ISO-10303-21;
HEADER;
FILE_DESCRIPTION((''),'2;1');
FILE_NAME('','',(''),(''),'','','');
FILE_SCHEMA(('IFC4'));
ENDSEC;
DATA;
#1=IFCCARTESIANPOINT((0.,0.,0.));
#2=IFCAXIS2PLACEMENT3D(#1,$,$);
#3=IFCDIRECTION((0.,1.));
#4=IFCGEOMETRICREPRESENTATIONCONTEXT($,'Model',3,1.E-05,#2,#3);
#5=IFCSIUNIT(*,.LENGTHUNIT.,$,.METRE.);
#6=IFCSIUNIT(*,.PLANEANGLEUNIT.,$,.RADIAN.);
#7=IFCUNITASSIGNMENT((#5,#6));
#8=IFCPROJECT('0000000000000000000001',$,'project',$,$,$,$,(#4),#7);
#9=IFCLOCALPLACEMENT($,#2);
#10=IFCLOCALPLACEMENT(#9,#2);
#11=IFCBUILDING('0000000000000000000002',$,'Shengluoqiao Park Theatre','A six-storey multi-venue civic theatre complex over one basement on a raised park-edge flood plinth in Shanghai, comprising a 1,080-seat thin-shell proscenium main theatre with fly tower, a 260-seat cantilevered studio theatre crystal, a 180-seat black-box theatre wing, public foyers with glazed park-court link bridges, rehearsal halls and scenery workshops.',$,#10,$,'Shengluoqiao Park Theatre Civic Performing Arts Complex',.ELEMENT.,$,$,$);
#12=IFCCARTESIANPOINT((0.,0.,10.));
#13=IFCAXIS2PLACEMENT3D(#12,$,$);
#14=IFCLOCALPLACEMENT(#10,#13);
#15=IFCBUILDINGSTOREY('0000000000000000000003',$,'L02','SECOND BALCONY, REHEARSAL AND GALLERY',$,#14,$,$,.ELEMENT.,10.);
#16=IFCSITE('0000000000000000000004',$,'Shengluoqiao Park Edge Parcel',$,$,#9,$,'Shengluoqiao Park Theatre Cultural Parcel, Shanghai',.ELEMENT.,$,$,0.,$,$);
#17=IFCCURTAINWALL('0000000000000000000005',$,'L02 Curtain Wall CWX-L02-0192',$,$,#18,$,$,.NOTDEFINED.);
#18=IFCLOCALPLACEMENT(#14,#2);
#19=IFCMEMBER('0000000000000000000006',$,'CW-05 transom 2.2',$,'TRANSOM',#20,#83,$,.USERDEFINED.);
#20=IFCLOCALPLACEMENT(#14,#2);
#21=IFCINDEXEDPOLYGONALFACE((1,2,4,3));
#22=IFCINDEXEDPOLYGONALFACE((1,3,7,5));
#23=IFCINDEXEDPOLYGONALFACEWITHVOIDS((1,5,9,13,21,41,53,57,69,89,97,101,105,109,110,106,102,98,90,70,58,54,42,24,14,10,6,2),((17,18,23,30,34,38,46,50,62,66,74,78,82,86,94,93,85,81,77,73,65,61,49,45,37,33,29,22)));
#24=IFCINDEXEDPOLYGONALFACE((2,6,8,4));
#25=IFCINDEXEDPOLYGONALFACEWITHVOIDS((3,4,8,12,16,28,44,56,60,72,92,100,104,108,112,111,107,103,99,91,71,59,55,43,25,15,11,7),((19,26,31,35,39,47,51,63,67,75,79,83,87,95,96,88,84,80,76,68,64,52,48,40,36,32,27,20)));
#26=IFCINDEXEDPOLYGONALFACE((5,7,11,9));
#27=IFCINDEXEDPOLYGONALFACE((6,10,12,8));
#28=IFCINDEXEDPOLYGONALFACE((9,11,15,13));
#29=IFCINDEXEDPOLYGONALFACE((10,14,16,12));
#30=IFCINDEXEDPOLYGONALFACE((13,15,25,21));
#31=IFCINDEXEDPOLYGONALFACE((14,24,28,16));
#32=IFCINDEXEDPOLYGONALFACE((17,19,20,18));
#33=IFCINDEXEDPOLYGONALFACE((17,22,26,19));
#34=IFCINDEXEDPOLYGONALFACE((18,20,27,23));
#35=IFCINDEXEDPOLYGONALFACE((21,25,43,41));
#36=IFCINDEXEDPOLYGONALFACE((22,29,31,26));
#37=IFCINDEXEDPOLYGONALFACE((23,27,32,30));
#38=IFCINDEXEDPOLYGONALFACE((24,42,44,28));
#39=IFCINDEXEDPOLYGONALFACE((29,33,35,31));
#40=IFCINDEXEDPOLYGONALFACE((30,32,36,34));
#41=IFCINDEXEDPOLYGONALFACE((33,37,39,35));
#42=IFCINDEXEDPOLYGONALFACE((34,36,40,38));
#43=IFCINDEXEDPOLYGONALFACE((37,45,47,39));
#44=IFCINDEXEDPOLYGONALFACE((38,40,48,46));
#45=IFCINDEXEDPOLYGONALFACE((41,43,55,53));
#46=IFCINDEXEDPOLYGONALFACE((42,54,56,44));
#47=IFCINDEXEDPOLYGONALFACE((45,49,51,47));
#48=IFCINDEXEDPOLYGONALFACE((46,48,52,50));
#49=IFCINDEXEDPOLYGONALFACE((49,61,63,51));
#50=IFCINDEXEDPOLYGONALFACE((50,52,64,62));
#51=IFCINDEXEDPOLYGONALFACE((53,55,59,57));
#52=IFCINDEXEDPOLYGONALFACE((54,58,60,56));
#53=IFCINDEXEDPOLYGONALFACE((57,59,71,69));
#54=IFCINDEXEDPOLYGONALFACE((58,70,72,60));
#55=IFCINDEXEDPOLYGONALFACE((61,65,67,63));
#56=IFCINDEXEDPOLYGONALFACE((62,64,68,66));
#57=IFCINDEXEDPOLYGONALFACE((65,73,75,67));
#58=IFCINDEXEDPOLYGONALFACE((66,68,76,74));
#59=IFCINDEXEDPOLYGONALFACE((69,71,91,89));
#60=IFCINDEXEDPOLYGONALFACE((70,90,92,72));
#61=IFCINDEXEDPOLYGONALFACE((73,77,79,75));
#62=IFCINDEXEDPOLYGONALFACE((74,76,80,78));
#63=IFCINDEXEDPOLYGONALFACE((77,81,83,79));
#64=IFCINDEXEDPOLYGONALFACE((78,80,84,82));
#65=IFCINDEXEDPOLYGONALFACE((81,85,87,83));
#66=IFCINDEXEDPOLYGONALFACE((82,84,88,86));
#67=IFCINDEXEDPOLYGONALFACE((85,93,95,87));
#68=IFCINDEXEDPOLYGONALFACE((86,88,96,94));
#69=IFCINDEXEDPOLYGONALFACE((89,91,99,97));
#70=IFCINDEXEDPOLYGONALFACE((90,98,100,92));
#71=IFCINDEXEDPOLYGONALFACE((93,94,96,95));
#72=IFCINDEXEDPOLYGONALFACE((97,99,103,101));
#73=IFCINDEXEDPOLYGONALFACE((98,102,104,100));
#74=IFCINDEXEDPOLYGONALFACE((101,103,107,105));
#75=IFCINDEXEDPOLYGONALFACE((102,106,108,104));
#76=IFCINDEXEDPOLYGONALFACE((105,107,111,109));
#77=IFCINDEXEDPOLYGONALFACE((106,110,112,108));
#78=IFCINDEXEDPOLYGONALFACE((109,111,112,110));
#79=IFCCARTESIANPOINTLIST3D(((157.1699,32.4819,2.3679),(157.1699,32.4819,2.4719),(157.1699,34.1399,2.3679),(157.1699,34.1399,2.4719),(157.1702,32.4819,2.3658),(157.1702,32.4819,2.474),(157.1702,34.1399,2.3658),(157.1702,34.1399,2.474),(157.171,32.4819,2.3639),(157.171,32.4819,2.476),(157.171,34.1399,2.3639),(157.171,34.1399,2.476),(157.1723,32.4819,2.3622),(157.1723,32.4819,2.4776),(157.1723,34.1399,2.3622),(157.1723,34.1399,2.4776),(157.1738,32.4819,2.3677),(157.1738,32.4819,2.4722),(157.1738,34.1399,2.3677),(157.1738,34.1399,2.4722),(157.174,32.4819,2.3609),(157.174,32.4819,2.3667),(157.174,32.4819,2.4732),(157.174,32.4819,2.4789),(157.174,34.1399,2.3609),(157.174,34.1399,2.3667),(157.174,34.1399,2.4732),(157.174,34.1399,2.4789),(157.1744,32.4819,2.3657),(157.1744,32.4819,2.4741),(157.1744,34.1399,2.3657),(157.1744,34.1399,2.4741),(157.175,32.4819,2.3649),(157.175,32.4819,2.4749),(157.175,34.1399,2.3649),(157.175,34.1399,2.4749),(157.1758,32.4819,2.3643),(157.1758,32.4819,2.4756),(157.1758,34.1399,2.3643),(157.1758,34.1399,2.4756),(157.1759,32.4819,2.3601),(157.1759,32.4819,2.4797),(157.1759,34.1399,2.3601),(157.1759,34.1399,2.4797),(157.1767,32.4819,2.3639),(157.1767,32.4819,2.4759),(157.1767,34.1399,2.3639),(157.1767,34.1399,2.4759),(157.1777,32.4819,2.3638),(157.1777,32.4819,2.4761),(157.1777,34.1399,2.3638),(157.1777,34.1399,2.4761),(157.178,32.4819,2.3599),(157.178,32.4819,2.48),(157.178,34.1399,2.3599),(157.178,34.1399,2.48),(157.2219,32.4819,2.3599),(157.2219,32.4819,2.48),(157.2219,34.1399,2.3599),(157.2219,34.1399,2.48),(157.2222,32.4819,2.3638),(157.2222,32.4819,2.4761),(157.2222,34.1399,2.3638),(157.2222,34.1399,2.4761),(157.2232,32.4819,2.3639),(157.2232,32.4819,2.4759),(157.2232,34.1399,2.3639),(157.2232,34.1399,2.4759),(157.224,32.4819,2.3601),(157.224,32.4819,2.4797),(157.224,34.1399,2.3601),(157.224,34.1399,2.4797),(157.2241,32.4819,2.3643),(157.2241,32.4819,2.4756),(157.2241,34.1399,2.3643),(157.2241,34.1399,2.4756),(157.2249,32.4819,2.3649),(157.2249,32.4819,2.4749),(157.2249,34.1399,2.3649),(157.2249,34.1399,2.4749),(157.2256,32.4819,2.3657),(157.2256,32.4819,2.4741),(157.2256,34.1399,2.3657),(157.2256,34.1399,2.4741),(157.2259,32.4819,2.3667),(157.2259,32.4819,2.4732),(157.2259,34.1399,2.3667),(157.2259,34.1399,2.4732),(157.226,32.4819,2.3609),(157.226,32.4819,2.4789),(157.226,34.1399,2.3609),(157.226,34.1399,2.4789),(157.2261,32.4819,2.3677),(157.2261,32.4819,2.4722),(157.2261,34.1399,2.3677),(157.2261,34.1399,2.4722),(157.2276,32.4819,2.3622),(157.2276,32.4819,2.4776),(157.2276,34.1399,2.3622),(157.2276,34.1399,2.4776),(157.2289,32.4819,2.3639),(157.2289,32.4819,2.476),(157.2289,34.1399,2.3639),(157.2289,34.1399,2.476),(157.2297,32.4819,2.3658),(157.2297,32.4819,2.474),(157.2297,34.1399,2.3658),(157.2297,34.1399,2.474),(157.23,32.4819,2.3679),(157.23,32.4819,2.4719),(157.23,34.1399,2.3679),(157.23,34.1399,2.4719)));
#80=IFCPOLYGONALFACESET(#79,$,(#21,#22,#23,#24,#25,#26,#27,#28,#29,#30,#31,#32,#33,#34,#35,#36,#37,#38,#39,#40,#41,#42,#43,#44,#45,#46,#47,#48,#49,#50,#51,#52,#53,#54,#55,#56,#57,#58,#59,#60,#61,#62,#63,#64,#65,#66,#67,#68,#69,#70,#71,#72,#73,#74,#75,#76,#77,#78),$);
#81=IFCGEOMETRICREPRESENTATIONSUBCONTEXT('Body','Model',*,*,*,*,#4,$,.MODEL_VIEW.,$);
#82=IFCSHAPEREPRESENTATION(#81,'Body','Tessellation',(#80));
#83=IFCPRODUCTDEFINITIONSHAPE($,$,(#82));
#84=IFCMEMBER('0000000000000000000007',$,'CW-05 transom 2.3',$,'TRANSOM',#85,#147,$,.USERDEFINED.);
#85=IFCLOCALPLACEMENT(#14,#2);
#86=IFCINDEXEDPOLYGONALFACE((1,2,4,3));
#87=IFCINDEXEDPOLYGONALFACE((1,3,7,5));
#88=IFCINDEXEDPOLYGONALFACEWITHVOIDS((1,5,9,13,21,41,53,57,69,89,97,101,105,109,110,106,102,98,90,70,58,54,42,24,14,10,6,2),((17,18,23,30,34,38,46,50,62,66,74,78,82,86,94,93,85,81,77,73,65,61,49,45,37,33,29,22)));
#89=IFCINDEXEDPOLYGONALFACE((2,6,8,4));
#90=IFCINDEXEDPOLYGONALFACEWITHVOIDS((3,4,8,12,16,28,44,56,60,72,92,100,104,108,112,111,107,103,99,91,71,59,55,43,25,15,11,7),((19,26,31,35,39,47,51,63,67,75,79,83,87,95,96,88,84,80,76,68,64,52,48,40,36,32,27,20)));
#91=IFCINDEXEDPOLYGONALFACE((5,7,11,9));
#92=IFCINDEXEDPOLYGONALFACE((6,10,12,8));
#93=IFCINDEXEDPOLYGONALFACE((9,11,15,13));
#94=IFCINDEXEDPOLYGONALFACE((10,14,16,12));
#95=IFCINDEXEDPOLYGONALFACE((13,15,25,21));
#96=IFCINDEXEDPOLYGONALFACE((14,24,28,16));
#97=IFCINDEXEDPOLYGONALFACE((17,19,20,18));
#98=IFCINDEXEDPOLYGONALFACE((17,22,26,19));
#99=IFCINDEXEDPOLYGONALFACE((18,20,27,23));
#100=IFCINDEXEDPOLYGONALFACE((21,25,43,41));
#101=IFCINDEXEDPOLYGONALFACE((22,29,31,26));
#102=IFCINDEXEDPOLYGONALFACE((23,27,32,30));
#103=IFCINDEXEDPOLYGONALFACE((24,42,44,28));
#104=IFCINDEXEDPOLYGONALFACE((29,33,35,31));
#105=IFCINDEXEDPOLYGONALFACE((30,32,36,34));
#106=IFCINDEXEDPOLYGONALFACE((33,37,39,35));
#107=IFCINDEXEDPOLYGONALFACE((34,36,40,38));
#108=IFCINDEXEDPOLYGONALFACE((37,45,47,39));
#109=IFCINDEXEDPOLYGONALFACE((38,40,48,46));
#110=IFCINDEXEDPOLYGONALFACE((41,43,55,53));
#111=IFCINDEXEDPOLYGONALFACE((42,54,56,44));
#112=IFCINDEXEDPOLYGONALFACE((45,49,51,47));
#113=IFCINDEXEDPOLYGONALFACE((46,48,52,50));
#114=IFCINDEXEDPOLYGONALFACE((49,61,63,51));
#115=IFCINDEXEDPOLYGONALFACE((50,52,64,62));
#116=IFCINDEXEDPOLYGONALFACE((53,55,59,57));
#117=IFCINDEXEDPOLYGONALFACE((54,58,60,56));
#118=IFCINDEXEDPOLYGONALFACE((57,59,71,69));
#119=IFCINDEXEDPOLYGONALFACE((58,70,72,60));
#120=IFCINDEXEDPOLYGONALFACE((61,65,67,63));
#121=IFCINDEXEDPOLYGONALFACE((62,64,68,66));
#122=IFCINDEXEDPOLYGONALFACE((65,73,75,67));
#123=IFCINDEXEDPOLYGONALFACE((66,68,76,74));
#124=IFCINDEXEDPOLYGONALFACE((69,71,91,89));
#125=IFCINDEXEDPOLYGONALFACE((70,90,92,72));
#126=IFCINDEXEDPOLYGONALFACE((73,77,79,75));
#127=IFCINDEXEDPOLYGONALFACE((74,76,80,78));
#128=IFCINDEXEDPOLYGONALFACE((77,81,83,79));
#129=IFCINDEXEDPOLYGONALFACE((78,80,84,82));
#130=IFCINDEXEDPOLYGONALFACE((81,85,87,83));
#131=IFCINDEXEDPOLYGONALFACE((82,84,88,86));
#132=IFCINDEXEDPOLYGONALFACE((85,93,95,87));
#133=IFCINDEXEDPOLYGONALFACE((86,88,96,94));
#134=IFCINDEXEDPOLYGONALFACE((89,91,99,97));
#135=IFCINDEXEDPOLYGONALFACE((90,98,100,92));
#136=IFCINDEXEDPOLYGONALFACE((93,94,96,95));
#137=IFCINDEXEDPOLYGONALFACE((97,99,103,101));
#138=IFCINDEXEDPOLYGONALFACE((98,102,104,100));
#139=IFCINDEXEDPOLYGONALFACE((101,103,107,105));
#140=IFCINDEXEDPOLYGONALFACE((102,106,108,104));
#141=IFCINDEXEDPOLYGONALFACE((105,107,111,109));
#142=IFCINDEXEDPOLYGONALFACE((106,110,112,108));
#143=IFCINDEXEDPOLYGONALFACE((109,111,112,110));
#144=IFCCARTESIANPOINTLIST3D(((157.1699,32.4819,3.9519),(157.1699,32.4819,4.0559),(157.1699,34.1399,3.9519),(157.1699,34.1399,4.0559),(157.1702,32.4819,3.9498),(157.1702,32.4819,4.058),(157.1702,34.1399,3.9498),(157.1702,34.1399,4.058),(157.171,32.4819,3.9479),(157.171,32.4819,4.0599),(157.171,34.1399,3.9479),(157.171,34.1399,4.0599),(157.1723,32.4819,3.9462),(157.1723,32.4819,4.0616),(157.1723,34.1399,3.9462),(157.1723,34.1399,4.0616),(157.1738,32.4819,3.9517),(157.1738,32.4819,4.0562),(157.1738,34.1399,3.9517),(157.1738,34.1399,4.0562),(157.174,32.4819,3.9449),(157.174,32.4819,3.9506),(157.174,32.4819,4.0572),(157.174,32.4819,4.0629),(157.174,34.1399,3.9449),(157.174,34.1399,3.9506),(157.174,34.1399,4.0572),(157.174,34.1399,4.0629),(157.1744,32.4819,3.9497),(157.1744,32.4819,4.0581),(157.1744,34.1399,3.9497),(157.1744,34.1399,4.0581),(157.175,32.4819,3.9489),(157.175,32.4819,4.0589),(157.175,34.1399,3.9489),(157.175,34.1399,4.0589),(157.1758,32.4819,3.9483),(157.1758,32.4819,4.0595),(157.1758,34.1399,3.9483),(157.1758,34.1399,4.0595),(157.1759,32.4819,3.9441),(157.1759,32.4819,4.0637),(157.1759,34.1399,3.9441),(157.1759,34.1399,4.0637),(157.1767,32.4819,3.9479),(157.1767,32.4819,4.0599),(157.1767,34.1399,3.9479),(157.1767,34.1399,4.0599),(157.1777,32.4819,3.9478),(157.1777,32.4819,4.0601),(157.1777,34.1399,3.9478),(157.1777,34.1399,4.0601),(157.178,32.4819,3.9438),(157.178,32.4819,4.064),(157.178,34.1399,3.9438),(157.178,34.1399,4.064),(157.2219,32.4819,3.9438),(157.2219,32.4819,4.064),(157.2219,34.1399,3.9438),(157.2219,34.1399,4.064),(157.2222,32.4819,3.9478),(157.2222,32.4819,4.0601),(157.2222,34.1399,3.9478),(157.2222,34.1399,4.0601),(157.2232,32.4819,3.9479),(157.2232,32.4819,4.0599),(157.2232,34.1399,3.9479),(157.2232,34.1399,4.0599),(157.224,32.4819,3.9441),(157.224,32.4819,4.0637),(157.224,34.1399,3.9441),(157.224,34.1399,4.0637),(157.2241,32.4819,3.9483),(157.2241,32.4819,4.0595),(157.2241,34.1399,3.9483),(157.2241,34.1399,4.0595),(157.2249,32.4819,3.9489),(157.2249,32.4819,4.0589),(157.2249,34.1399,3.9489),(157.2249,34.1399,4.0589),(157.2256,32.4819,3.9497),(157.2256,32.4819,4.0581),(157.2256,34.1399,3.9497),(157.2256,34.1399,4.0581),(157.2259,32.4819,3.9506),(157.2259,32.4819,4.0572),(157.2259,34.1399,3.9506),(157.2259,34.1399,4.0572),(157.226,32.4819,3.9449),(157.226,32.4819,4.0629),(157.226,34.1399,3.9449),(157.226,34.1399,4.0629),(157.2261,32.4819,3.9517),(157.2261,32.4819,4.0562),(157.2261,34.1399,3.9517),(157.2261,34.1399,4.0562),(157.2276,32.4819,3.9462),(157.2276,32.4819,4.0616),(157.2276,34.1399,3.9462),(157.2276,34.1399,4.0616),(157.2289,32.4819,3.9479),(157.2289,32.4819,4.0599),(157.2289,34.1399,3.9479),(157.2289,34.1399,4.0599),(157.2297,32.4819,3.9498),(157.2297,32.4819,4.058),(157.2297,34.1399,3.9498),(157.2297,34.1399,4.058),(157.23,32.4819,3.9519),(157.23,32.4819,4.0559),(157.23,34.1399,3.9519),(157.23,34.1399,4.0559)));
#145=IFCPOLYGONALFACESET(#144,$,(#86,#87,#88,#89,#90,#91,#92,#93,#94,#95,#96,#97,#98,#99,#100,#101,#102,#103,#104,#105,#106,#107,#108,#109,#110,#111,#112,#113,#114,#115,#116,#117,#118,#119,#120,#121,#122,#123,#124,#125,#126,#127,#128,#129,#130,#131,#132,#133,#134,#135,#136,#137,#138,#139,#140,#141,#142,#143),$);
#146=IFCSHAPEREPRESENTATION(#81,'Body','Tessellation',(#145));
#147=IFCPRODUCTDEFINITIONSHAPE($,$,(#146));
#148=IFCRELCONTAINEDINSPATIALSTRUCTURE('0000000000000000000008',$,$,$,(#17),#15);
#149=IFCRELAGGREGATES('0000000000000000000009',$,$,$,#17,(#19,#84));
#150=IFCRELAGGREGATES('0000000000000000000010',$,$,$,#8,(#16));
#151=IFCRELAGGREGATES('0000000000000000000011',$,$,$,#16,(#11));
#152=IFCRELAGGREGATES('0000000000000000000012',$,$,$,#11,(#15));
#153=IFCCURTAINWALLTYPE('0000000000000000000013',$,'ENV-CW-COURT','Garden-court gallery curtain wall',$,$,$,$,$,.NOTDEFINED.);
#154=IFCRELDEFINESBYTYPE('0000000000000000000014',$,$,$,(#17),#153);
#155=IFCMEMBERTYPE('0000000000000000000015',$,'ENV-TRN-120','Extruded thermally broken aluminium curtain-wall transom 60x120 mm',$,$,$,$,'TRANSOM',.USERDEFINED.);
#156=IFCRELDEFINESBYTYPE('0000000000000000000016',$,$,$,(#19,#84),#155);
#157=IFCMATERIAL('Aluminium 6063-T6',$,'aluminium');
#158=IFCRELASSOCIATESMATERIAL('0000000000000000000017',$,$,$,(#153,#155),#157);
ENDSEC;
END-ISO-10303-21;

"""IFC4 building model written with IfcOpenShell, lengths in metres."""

from ifc_helpers import new_model, si_unit, direction, frame, origin, origin_2d, place, context, subcontext, project, spatial, hollow_rectangle, extrude, material, material_profile, profile_set, type_object, element, aggregate, save


model = new_model("IFC4")

# Units and contexts
model_context = context("Model", 3, precision=1e-05, world=origin(), true_north=direction((0.0, 1.0)))
body_context = subcontext(model_context, "Body", "Model", "MODEL_VIEW")
ifc_project = project(units=[si_unit("LENGTHUNIT", "METRE"), si_unit("PLANEANGLEUNIT", "RADIAN")], contexts=[model_context])

# Site, building, storey
site_placement = place(None, origin())
site = spatial("IfcSite", under=ifc_project, at=site_placement, Name="Shengluoqiao Park Edge Parcel", LongName="Shengluoqiao Park Theatre Cultural Parcel, Shanghai", CompositionType="ELEMENT", RefElevation=0.0)
building_placement = place(site_placement, origin())
building = spatial("IfcBuilding", under=site, at=building_placement, Name="Shengluoqiao Park Theatre", Description="A six-storey multi-venue civic theatre complex over one basement on a raised park-edge flood plinth in Shanghai, comprising a 1,080-seat thin-shell proscenium main theatre with fly tower, a 260-seat cantilevered studio theatre crystal, a 180-seat black-box theatre wing, public foyers with glazed park-court link bridges, rehearsal halls and scenery workshops.", LongName="Shengluoqiao Park Theatre Civic Performing Arts Complex", CompositionType="ELEMENT")
storey_placement = place(building_placement, frame((0.0, 0.0, 10.0)))
storey = spatial("IfcBuildingStorey", under=building, at=storey_placement, Name="L02", Description="SECOND BALCONY, REHEARSAL AND GALLERY", CompositionType="ELEMENT", Elevation=10.0)

# Curtain wall
ifc_material_1 = material(Name="Aluminium 6063-T6", Category="aluminium")
curtain_wall_type = type_object("IfcCurtainWallType", Name="ENV-CW-COURT", Description="Garden-court gallery curtain wall", PredefinedType="NOTDEFINED", material=ifc_material_1)
curtain_wall_1_placement = place(storey_placement, origin())
curtain_wall_1 = element("IfcCurtainWall", 1, at=curtain_wall_1_placement, inside=storey, type_object=curtain_wall_type, Name="L02 Curtain Wall CWX-L02-0192", PredefinedType="NOTDEFINED")

# Members
ifc_material_profile_1 = material_profile(ifc_material_1, hollow_rectangle(XDim=0.0601, YDim=0.1201, WallThickness=0.0039, InnerFilletRadius=0.0039, OuterFilletRadius=0.0081, at=origin_2d()), Name="ALU TRANSOM 120x60x4")
ifc_profile_set_1 = profile_set([ifc_material_profile_1], Name="Aluminium 6063-T6")
member_type_1 = type_object("IfcMemberType", Name="ENV-TRN-120", Description="Extruded thermally broken aluminium curtain-wall transom 60x120 mm", ElementType="TRANSOM", PredefinedType="USERDEFINED", material=ifc_profile_set_1)
member_1_placement = place(storey_placement, frame((157.2, 32.4819, 2.4199), z_axis=(0.0, 1.0, 0.0), x_axis=(-1.0, 0.0, 0.0)))
member_1 = element("IfcMember", 2, at=member_1_placement, type_object=member_type_1, Name="CW-05 transom 2.2", ObjectType="TRANSOM", PredefinedType="USERDEFINED", context=body_context, shape_type="SweptSolid", body=[
    extrude(hollow_rectangle(XDim=0.0601, YDim=0.1201, WallThickness=0.0039, InnerFilletRadius=0.0039, OuterFilletRadius=0.0081, at=origin_2d()), origin(), (0.0, 0.0, 1.0), 1.658),
])
member_2_placement = place(storey_placement, frame((157.2, 32.4819, 4.0039), z_axis=(0.0, 1.0, 0.0), x_axis=(-1.0, 0.0, 0.0)))
member_2 = element("IfcMember", 3, at=member_2_placement, type_object=member_type_1, Name="CW-05 transom 2.3", ObjectType="TRANSOM", PredefinedType="USERDEFINED", context=body_context, shape_type="SweptSolid", body=[
    extrude(hollow_rectangle(XDim=0.0601, YDim=0.1201, WallThickness=0.0039, InnerFilletRadius=0.0039, OuterFilletRadius=0.0081, at=origin_2d()), origin(), (0.0, 0.0, 1.0), 1.658),
])

aggregate(curtain_wall_1, [member_1, member_2])

save(model, "model.ifc")
